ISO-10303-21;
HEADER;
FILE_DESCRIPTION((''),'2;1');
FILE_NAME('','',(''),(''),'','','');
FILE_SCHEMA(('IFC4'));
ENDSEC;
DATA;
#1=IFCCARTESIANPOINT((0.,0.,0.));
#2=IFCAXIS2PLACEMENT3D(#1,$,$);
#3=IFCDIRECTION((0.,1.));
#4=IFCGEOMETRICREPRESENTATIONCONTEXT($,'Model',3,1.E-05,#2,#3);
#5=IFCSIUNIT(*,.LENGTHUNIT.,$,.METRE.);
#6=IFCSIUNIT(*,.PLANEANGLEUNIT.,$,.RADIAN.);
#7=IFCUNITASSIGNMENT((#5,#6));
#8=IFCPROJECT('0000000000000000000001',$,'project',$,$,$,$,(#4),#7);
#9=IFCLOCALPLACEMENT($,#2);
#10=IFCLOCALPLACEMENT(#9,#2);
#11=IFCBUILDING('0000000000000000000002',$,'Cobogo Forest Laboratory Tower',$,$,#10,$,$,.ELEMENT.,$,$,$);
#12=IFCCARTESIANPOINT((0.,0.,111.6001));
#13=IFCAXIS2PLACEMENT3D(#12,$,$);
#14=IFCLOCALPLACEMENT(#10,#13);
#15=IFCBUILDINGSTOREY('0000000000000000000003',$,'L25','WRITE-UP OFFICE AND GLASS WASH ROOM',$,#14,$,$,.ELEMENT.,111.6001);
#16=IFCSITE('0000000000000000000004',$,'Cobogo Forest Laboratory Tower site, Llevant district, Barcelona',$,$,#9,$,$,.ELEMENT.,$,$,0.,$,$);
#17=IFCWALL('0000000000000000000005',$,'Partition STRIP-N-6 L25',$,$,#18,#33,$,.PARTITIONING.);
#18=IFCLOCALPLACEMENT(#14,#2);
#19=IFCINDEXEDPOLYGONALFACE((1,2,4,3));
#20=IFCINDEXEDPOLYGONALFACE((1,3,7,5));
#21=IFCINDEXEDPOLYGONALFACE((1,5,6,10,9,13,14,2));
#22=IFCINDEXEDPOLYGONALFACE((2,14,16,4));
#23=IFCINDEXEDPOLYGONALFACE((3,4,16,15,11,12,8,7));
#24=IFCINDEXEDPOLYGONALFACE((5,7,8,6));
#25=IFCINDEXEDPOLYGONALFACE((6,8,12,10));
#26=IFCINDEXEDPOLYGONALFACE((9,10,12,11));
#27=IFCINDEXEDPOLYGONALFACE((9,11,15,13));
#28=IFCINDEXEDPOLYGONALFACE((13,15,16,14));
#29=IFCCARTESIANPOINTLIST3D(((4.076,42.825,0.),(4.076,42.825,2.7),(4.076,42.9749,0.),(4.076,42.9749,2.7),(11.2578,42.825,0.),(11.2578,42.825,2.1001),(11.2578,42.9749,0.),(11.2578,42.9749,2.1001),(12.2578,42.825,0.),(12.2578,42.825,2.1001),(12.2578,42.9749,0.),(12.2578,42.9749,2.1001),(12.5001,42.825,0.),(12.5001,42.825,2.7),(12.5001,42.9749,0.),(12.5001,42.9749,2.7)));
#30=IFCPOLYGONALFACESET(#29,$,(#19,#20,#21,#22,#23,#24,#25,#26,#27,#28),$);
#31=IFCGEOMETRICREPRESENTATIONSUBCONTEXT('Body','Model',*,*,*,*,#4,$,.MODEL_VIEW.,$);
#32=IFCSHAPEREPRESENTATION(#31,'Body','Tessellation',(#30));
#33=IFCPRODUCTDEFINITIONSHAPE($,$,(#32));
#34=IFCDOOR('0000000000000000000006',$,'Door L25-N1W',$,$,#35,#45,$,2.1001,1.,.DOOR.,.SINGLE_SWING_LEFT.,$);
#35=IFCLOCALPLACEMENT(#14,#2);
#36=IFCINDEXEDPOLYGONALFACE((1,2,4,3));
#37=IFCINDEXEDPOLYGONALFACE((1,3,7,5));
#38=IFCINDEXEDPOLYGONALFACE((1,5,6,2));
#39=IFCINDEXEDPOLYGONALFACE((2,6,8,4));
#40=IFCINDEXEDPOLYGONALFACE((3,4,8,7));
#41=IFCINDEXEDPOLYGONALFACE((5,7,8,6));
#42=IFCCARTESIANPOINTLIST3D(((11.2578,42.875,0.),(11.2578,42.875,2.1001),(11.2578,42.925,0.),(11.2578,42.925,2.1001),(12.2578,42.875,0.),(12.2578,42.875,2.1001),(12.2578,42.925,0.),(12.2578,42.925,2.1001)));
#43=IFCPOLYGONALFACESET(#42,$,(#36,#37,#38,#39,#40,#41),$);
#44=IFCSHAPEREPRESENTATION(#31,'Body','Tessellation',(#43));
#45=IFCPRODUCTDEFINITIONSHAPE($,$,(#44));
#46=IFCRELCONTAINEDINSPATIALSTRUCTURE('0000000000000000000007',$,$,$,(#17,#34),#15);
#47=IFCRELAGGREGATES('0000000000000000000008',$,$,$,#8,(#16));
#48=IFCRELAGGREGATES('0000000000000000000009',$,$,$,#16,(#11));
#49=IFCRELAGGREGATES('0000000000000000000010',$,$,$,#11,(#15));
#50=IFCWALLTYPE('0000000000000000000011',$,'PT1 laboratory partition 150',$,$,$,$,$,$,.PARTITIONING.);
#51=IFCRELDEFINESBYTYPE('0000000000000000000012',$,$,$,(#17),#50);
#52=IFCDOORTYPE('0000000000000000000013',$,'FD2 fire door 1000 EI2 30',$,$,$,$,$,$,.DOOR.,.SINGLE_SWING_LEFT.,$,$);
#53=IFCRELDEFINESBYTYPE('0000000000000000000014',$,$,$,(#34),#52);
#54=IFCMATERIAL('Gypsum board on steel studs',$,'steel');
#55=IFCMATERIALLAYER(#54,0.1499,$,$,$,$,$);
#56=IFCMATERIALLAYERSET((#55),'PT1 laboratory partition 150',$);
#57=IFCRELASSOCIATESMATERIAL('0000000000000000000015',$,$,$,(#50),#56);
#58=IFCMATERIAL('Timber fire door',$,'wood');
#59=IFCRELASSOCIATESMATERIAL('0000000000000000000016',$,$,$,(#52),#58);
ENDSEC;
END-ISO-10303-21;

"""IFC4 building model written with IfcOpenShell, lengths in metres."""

from ifc_helpers import new_model, si_unit, direction, frame, frame_2d, origin, place, context, subcontext, project, spatial, rectangle, extrude, material, layer, layer_set, type_object, element, fill, save


model = new_model("IFC4")

# Units and contexts
model_context = context("Model", 3, precision=1e-05, world=origin(), true_north=direction((0.0, 1.0)))
body_context = subcontext(model_context, "Body", "Model", "MODEL_VIEW")
ifc_project = project(units=[si_unit("LENGTHUNIT", "METRE"), si_unit("PLANEANGLEUNIT", "RADIAN")], contexts=[model_context])

# Site, building, storey
site_placement = place(None, origin())
site = spatial("IfcSite", under=ifc_project, at=site_placement, Name="Cobogo Forest Laboratory Tower site, Llevant district, Barcelona", CompositionType="ELEMENT", RefElevation=0.0)
building_placement = place(site_placement, origin())
building = spatial("IfcBuilding", under=site, at=building_placement, Name="Cobogo Forest Laboratory Tower", CompositionType="ELEMENT")
storey_placement = place(building_placement, frame((0.0, 0.0, 111.6001)))
storey = spatial("IfcBuildingStorey", under=building, at=storey_placement, Name="L25", Description="WRITE-UP OFFICE AND GLASS WASH ROOM", CompositionType="ELEMENT", Elevation=111.6001)

# Shared definitions
ifc_material_1 = material(Name="Gypsum board on steel studs", Category="steel")
ifc_layer_1 = layer(ifc_material_1, 0.1499)
ifc_layer_set_1 = layer_set([ifc_layer_1], Name="PT1 laboratory partition 150")
wall_type = type_object("IfcWallType", Name="PT1 laboratory partition 150", PredefinedType="PARTITIONING", material=ifc_layer_set_1)

# Wall, opening, door
wall_1_placement = place(storey_placement, frame((12.5, 42.8999, 0.0), z_axis=(0.0, 0.0, 1.0), x_axis=(-1.0, 0.0, 0.0)))
wall_1 = element("IfcWall", 1, at=wall_1_placement, inside=storey, type_object=wall_type, Name="Partition STRIP-N-6 L25", PredefinedType="PARTITIONING", context=body_context, shape_type="SweptSolid", body=[
    extrude(rectangle(XDim=8.4241, YDim=0.1499, at=frame_2d((4.2119, 0.0))), origin(), (0.0, 0.0, 1.0), 2.7),
])
opening_placement = place(wall_1_placement, frame((0.2422, 0.0, 0.0)))
opening = element("IfcOpeningElement", 2, at=opening_placement, cuts=wall_1, PredefinedType="OPENING", context=body_context, shape_type="SweptSolid", body=[
    extrude(rectangle(XDim=1.0, YDim=2.1001, at=frame_2d((0.5, 1.05))), frame((0.0, 0.085, 0.0), z_axis=(0.0, -1.0, 0.0), x_axis=(1.0, 0.0, 0.0)), (0.0, 0.0, 1.0), 0.1699),
])
ifc_material_2 = material(Name="Timber fire door", Category="wood")
door_type = type_object("IfcDoorType", Name="FD2 fire door 1000 EI2 30", OperationType="SINGLE_SWING_LEFT", PredefinedType="DOOR", material=ifc_material_2)
door_placement = place(opening_placement, origin())
door = element("IfcDoor", 3, at=door_placement, inside=storey, type_object=door_type, Name="Door L25-N1W", OperationType="SINGLE_SWING_LEFT", OverallHeight=2.1001, OverallWidth=1.0, PredefinedType="DOOR", context=body_context, shape_type="SweptSolid", body=[
    extrude(rectangle(XDim=1.0, YDim=2.1001, at=frame_2d((0.5, 1.05))), frame((0.0, 0.0249, 0.0), z_axis=(0.0, -1.0, 0.0), x_axis=(1.0, 0.0, 0.0)), (0.0, 0.0, 1.0), 0.05),
])
fill(opening, door)

save(model, "model.ifc")
